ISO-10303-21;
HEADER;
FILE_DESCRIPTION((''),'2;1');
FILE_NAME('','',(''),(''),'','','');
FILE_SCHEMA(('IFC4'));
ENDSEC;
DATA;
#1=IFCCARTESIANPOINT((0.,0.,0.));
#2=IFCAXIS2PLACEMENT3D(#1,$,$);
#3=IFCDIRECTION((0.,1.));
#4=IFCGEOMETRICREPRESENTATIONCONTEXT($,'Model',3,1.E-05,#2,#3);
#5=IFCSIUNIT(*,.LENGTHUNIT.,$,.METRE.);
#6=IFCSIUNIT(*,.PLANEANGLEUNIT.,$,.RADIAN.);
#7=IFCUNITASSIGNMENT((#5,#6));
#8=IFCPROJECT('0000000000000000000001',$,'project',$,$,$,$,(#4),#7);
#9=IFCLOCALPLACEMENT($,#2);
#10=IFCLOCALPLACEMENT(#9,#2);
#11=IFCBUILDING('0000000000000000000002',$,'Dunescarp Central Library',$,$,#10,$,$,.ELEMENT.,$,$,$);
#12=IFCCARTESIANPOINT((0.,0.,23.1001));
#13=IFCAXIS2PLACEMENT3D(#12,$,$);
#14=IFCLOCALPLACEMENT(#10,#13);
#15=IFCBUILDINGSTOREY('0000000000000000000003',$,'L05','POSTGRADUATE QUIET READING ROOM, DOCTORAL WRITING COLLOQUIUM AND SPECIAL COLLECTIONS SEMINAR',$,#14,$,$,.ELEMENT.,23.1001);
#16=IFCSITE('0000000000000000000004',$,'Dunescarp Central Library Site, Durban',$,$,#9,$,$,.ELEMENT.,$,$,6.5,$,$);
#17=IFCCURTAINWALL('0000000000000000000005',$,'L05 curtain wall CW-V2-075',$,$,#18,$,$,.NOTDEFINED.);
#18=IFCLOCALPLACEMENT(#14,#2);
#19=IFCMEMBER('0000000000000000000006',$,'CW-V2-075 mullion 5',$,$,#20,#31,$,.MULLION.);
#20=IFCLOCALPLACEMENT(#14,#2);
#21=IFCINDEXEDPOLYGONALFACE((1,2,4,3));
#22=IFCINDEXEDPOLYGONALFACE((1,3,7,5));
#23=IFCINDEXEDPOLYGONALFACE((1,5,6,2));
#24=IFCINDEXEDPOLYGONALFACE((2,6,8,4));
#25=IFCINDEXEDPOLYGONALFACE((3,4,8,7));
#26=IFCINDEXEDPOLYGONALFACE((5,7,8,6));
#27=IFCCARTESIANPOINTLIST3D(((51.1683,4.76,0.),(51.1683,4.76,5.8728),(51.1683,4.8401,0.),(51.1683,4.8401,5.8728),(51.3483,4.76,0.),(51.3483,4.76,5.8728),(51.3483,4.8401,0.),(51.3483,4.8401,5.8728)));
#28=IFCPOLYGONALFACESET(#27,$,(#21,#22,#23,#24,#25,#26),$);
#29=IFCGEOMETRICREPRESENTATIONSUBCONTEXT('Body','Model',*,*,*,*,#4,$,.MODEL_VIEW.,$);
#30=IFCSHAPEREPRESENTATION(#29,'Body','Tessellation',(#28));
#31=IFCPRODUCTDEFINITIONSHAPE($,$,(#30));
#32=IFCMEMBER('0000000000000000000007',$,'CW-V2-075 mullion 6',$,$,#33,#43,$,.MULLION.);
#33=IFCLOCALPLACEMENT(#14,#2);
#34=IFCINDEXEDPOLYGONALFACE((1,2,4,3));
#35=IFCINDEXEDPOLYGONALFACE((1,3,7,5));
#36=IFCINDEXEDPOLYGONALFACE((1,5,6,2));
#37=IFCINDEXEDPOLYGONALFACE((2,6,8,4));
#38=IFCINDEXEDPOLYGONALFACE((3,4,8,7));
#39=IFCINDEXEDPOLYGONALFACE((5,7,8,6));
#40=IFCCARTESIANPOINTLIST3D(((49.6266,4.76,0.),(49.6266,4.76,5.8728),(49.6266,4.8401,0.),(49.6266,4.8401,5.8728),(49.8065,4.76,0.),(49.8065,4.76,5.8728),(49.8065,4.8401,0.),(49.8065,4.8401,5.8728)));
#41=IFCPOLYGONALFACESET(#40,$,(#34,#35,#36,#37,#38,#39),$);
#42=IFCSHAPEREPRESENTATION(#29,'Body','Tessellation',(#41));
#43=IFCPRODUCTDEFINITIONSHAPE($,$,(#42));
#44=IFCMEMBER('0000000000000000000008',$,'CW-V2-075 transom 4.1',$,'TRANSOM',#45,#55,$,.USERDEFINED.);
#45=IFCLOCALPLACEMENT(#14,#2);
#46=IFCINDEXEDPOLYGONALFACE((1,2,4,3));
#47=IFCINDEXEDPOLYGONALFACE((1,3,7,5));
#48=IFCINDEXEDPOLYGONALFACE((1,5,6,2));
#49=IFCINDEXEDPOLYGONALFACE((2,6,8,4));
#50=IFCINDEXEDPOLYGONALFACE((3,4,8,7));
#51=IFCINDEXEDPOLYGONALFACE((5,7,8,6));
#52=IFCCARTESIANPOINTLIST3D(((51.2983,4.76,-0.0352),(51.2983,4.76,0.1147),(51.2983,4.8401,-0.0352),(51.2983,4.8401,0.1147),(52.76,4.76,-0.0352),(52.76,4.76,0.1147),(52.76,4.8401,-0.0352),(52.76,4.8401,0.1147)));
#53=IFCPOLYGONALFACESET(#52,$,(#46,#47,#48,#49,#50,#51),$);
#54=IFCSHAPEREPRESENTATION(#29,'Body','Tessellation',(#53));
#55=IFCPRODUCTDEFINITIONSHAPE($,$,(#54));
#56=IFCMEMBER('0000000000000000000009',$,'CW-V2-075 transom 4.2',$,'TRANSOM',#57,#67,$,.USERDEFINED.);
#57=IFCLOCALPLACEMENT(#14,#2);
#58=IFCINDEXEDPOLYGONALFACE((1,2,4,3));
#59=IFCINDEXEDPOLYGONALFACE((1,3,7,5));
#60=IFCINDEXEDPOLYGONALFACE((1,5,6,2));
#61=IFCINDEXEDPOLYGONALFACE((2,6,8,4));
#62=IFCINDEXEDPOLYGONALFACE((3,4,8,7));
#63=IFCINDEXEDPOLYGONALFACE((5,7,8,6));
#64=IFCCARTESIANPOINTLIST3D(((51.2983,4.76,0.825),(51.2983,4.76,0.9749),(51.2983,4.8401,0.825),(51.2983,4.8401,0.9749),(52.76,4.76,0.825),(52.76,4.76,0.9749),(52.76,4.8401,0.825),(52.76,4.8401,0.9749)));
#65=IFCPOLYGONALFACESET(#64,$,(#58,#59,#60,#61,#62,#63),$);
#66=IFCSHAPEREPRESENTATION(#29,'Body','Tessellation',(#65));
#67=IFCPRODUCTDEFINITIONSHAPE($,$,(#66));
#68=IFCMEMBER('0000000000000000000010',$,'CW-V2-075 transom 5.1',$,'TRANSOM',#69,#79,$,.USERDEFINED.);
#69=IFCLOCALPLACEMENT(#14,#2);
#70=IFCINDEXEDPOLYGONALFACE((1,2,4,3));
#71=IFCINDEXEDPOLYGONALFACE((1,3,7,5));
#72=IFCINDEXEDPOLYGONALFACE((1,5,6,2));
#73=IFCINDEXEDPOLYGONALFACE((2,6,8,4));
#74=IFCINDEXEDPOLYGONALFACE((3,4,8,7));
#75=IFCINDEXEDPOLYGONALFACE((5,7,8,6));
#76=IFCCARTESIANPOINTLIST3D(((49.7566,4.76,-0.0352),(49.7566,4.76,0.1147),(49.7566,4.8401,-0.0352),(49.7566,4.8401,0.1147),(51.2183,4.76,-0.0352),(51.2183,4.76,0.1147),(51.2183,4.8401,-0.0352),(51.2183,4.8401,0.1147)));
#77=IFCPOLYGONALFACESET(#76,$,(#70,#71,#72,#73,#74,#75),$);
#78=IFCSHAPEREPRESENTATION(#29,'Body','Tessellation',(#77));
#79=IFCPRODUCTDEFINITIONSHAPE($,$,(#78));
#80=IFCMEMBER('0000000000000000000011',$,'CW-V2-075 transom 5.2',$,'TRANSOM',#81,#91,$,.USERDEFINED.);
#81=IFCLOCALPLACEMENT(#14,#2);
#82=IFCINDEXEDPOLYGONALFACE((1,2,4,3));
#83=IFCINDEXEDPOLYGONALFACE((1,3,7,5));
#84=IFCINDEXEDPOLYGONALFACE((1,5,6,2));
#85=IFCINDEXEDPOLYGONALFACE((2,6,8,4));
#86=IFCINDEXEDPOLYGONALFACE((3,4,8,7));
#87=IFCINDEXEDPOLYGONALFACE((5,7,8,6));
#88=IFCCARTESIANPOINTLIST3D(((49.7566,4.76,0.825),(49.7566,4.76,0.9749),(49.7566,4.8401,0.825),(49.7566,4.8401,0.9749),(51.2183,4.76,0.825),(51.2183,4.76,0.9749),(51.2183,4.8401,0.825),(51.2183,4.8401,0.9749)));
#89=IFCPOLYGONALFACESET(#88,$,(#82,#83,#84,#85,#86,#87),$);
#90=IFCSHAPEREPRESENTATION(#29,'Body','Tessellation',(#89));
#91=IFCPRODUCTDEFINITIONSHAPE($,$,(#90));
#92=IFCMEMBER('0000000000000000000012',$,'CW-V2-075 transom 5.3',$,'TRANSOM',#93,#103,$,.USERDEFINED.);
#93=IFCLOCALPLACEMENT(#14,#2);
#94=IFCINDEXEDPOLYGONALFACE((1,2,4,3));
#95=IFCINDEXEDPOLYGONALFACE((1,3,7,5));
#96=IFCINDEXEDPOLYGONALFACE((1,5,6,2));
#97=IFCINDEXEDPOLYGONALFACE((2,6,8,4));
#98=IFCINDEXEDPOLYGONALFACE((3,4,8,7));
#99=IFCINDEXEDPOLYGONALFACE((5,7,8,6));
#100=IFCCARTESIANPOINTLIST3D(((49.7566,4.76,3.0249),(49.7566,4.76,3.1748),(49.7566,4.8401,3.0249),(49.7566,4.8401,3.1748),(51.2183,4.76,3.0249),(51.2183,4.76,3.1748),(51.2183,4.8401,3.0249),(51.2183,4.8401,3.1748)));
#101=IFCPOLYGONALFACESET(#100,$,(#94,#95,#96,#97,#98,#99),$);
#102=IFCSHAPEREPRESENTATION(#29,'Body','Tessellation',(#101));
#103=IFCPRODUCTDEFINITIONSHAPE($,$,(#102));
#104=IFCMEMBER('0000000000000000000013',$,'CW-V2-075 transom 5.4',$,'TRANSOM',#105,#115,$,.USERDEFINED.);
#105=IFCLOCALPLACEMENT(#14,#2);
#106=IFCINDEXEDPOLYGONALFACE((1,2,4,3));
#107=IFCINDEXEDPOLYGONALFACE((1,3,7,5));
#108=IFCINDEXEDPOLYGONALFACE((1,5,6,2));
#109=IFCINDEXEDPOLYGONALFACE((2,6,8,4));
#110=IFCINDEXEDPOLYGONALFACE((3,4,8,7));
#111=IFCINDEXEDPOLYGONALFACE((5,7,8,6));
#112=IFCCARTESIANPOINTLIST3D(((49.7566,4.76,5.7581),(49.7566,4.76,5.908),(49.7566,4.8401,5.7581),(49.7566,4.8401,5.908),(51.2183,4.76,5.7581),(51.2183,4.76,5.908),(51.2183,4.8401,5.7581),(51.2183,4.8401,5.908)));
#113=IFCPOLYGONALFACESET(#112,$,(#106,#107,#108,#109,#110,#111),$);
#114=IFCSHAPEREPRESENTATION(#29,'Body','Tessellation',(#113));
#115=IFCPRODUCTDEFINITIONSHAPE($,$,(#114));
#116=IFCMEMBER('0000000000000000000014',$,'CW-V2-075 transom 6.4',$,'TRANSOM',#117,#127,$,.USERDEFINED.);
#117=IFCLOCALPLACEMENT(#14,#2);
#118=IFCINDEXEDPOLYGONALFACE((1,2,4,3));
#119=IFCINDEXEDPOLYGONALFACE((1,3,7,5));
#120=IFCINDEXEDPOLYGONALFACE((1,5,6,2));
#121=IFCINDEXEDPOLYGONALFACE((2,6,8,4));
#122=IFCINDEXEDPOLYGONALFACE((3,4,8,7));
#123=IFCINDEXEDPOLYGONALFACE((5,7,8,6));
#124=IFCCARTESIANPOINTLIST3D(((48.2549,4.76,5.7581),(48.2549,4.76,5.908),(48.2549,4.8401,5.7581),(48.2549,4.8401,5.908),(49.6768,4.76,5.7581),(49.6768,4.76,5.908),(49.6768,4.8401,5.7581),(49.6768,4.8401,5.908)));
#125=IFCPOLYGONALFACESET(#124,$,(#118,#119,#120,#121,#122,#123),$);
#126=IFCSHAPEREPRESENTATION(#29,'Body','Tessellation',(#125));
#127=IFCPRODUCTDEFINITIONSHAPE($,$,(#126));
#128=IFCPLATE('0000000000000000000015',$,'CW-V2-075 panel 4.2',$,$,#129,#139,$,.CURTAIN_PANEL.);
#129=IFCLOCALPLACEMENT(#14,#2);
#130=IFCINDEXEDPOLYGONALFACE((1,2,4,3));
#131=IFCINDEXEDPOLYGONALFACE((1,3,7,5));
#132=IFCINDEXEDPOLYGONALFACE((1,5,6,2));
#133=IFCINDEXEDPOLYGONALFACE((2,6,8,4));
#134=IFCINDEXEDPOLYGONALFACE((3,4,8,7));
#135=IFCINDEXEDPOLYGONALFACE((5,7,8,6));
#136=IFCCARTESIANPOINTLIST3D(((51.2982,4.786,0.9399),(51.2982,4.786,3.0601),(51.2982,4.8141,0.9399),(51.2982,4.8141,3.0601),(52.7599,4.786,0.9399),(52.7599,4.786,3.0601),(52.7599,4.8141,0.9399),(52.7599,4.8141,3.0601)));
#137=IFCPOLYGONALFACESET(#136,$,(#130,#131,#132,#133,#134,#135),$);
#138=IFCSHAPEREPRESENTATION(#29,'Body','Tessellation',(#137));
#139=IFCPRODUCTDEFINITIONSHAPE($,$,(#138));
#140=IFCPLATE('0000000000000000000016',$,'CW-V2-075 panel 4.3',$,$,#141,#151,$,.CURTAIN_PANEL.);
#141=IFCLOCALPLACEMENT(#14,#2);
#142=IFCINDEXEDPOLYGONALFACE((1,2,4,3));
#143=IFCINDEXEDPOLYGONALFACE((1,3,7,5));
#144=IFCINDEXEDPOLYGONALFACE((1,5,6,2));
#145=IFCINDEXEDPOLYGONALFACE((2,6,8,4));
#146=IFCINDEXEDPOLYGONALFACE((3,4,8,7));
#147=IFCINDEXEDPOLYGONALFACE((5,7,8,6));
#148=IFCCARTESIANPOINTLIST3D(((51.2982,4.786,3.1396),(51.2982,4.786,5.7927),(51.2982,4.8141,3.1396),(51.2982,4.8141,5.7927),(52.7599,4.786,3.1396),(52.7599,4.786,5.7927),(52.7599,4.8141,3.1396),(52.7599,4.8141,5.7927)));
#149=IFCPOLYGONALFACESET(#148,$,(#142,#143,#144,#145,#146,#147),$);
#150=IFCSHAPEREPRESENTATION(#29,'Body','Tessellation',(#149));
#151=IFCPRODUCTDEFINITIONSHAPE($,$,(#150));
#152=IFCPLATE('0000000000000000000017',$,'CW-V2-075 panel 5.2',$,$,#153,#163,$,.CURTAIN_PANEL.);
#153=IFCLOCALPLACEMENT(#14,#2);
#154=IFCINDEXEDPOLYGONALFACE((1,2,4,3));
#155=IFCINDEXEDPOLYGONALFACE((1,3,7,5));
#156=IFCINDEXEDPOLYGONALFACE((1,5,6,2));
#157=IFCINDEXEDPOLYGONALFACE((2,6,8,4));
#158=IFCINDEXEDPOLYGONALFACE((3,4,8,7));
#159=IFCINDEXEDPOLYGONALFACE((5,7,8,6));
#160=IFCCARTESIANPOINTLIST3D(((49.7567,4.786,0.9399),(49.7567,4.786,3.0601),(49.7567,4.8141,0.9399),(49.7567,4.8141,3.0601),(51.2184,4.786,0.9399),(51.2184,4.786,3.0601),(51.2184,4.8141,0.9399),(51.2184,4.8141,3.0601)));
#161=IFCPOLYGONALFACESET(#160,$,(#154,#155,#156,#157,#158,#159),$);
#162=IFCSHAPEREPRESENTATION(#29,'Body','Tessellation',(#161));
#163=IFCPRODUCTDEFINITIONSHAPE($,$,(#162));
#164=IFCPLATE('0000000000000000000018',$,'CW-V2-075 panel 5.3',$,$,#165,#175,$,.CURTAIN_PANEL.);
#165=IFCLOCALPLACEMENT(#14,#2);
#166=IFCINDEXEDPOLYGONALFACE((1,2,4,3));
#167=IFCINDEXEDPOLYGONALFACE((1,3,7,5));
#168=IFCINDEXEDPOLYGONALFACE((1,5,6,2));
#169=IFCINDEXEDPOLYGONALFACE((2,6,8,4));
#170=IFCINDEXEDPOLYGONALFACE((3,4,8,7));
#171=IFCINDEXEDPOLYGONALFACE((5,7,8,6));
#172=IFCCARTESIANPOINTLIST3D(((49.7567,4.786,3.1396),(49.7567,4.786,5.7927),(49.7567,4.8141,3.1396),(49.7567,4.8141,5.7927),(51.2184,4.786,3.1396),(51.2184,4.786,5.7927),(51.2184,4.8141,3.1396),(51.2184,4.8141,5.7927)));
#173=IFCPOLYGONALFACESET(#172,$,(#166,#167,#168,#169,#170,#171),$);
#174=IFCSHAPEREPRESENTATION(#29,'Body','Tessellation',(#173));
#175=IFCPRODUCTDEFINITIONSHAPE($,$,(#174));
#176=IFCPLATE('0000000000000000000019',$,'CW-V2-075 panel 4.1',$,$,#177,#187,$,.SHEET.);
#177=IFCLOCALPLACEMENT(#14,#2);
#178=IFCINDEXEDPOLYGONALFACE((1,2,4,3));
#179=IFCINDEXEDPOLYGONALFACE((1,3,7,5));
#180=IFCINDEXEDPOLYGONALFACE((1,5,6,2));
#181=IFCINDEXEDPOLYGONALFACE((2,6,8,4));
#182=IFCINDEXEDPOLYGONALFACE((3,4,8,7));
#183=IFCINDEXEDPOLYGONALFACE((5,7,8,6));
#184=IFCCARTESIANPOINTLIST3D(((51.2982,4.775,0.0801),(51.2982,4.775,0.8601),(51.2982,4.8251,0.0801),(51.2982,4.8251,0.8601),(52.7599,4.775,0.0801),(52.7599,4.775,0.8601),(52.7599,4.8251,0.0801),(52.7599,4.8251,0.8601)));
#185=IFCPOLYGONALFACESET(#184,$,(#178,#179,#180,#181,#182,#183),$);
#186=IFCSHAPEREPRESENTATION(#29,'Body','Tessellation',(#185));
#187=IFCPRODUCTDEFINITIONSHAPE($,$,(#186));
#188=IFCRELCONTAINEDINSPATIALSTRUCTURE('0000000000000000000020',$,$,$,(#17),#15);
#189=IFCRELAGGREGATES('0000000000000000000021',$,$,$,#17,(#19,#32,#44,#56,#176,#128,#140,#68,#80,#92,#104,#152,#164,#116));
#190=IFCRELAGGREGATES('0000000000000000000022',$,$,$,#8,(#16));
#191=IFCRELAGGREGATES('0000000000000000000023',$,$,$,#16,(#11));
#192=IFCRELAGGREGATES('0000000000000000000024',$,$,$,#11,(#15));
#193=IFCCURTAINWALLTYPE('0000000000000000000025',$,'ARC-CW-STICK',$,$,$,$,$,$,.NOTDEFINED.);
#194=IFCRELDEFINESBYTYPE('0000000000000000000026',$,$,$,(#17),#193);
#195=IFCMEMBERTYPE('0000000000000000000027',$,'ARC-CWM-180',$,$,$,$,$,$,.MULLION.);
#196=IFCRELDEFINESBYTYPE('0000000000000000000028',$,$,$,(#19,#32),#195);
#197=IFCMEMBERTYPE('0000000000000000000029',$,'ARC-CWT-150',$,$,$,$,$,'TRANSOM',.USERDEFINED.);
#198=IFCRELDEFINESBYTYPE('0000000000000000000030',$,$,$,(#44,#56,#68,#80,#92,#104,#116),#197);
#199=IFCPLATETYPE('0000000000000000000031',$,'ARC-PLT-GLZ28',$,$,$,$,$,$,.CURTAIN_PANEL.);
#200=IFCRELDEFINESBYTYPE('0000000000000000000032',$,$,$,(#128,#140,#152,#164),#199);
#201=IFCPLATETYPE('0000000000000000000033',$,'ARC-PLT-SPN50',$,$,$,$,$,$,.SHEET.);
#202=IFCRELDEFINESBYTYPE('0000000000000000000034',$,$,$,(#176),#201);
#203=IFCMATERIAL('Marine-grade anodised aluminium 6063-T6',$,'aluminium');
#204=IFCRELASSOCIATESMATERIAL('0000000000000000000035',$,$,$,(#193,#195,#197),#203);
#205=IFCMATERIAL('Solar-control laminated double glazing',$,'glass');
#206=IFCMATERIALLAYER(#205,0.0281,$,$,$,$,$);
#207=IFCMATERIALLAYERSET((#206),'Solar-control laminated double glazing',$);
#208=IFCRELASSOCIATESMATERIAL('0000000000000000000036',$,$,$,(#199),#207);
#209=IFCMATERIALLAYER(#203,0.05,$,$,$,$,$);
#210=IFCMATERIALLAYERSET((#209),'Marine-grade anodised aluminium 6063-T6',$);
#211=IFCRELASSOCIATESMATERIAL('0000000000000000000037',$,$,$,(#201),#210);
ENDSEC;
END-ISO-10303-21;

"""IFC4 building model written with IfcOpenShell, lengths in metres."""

from ifc_helpers import new_model, si_unit, direction, frame, origin, origin_2d, place, context, subcontext, project, spatial, rectangle, extrude, material, layer, layer_set, material_profile, profile_set, type_object, element, aggregate, save


model = new_model("IFC4")

# Units and contexts
model_context = context("Model", 3, precision=1e-05, world=origin(), true_north=direction((0.0, 1.0)))
body_context = subcontext(model_context, "Body", "Model", "MODEL_VIEW")
ifc_project = project(units=[si_unit("LENGTHUNIT", "METRE"), si_unit("PLANEANGLEUNIT", "RADIAN")], contexts=[model_context])

# Site, building, storey
site_placement = place(None, origin())
site = spatial("IfcSite", under=ifc_project, at=site_placement, Name="Dunescarp Central Library Site, Durban", CompositionType="ELEMENT", RefElevation=6.5)
building_placement = place(site_placement, origin())
building = spatial("IfcBuilding", under=site, at=building_placement, Name="Dunescarp Central Library", CompositionType="ELEMENT")
storey_placement = place(building_placement, frame((0.0, 0.0, 23.1001)))
storey = spatial("IfcBuildingStorey", under=building, at=storey_placement, Name="L05", Description="POSTGRADUATE QUIET READING ROOM, DOCTORAL WRITING COLLOQUIUM AND SPECIAL COLLECTIONS SEMINAR", CompositionType="ELEMENT", Elevation=23.1001)

# Curtain wall, members, plates
ifc_material_1 = material(Name="Marine-grade anodised aluminium 6063-T6", Category="aluminium")
curtain_wall_type = type_object("IfcCurtainWallType", Name="ARC-CW-STICK", PredefinedType="NOTDEFINED", material=ifc_material_1)
curtain_wall_placement = place(storey_placement, origin())
curtain_wall = element("IfcCurtainWall", 1, at=curtain_wall_placement, inside=storey, type_object=curtain_wall_type, Name="L05 curtain wall CW-V2-075", PredefinedType="NOTDEFINED")
ifc_material_profile_1 = material_profile(ifc_material_1, rectangle(XDim=0.0801, YDim=0.1799, at=origin_2d()), Name="AL 80x180")
ifc_profile_set_1 = profile_set([ifc_material_profile_1], Name="Marine-grade anodised aluminium 6063-T6")
member_type_1 = type_object("IfcMemberType", Name="ARC-CWM-180", PredefinedType="MULLION", material=ifc_profile_set_1)
member_1_placement = place(storey_placement, frame((51.2583, 4.8, 0.0), z_axis=(0.0, 0.0, 1.0), x_axis=(0.0, -1.0, 0.0)))
member_1 = element("IfcMember", 2, at=member_1_placement, type_object=member_type_1, Name="CW-V2-075 mullion 5", PredefinedType="MULLION", context=body_context, shape_type="SweptSolid", body=[
    extrude(rectangle(XDim=0.0801, YDim=0.1799, at=origin_2d()), origin(), (0.0, 0.0, 1.0), 5.8728),
])
member_2_placement = place(storey_placement, frame((49.7166, 4.8, 0.0), z_axis=(0.0, 0.0, 1.0), x_axis=(0.0, -1.0, 0.0)))
member_2 = element("IfcMember", 3, at=member_2_placement, type_object=member_type_1, Name="CW-V2-075 mullion 6", PredefinedType="MULLION", context=body_context, shape_type="SweptSolid", body=[
    extrude(rectangle(XDim=0.0801, YDim=0.1799, at=origin_2d()), origin(), (0.0, 0.0, 1.0), 5.8728),
])
ifc_material_profile_2 = material_profile(ifc_material_1, rectangle(XDim=0.0801, YDim=0.1499, at=origin_2d()), Name="AL 80x150")
ifc_profile_set_2 = profile_set([ifc_material_profile_2], Name="Marine-grade anodised aluminium 6063-T6")
member_type_2 = type_object("IfcMemberType", Name="ARC-CWT-150", ElementType="TRANSOM", PredefinedType="USERDEFINED", material=ifc_profile_set_2)
member_3_placement = place(storey_placement, frame((52.76, 4.8, 0.0398), z_axis=(-1.0, 0.0, 0.0), x_axis=(0.0, -1.0, 0.0)))
member_3 = element("IfcMember", 4, at=member_3_placement, type_object=member_type_2, Name="CW-V2-075 transom 4.1", ObjectType="TRANSOM", PredefinedType="USERDEFINED", context=body_context, shape_type="SweptSolid", body=[
    extrude(rectangle(XDim=0.0801, YDim=0.1499, at=origin_2d()), origin(), (0.0, 0.0, 1.0), 1.4617),
])
member_4_placement = place(storey_placement, frame((52.76, 4.8, 0.8999), z_axis=(-1.0, 0.0, 0.0), x_axis=(0.0, -1.0, 0.0)))
member_4 = element("IfcMember", 5, at=member_4_placement, type_object=member_type_2, Name="CW-V2-075 transom 4.2", ObjectType="TRANSOM", PredefinedType="USERDEFINED", context=body_context, shape_type="SweptSolid", body=[
    extrude(rectangle(XDim=0.0801, YDim=0.1499, at=origin_2d()), origin(), (0.0, 0.0, 1.0), 1.4617),
])
member_5_placement = place(storey_placement, frame((51.2183, 4.8, 0.0398), z_axis=(-1.0, 0.0, 0.0), x_axis=(0.0, -1.0, 0.0)))
member_5 = element("IfcMember", 6, at=member_5_placement, type_object=member_type_2, Name="CW-V2-075 transom 5.1", ObjectType="TRANSOM", PredefinedType="USERDEFINED", context=body_context, shape_type="SweptSolid", body=[
    extrude(rectangle(XDim=0.0801, YDim=0.1499, at=origin_2d()), origin(), (0.0, 0.0, 1.0), 1.4617),
])
member_6_placement = place(storey_placement, frame((51.2183, 4.8, 0.8999), z_axis=(-1.0, 0.0, 0.0), x_axis=(0.0, -1.0, 0.0)))
member_6 = element("IfcMember", 7, at=member_6_placement, type_object=member_type_2, Name="CW-V2-075 transom 5.2", ObjectType="TRANSOM", PredefinedType="USERDEFINED", context=body_context, shape_type="SweptSolid", body=[
    extrude(rectangle(XDim=0.0801, YDim=0.1499, at=origin_2d()), origin(), (0.0, 0.0, 1.0), 1.4617),
])
member_7_placement = place(storey_placement, frame((51.2183, 4.8, 3.0999), z_axis=(-1.0, 0.0, 0.0), x_axis=(0.0, -1.0, 0.0)))
member_7 = element("IfcMember", 8, at=member_7_placement, type_object=member_type_2, Name="CW-V2-075 transom 5.3", ObjectType="TRANSOM", PredefinedType="USERDEFINED", context=body_context, shape_type="SweptSolid", body=[
    extrude(rectangle(XDim=0.0801, YDim=0.1499, at=origin_2d()), origin(), (0.0, 0.0, 1.0), 1.4617),
])
member_8_placement = place(storey_placement, frame((51.2183, 4.8, 5.833), z_axis=(-1.0, 0.0, 0.0), x_axis=(0.0, -1.0, 0.0)))
member_8 = element("IfcMember", 9, at=member_8_placement, type_object=member_type_2, Name="CW-V2-075 transom 5.4", ObjectType="TRANSOM", PredefinedType="USERDEFINED", context=body_context, shape_type="SweptSolid", body=[
    extrude(rectangle(XDim=0.0801, YDim=0.1499, at=origin_2d()), origin(), (0.0, 0.0, 1.0), 1.4617),
])
member_9_placement = place(storey_placement, frame((49.6768, 4.8, 5.833), z_axis=(-1.0, 0.0, 0.0), x_axis=(0.0, -1.0, 0.0)))
member_9 = element("IfcMember", 10, at=member_9_placement, type_object=member_type_2, Name="CW-V2-075 transom 6.4", ObjectType="TRANSOM", PredefinedType="USERDEFINED", context=body_context, shape_type="SweptSolid", body=[
    extrude(rectangle(XDim=0.0801, YDim=0.1499, at=origin_2d()), origin(), (0.0, 0.0, 1.0), 1.4219),
])
ifc_material_2 = material(Name="Solar-control laminated double glazing", Category="glass")
ifc_layer_1 = layer(ifc_material_2, 0.0281)
ifc_layer_set_1 = layer_set([ifc_layer_1], Name="Solar-control laminated double glazing")
plate_type_1 = type_object("IfcPlateType", Name="ARC-PLT-GLZ28", PredefinedType="CURTAIN_PANEL", material=ifc_layer_set_1)
plate_1_placement = place(storey_placement, frame((52.0291, 4.8, 0.9399), z_axis=(0.0, 0.0, 1.0), x_axis=(-1.0, 0.0, 0.0)))
plate_1 = element("IfcPlate", 11, at=plate_1_placement, type_object=plate_type_1, Name="CW-V2-075 panel 4.2", PredefinedType="CURTAIN_PANEL", context=body_context, shape_type="SweptSolid", body=[
    extrude(rectangle(XDim=1.4617, YDim=0.0281, at=origin_2d()), origin(), (0.0, 0.0, 1.0), 2.1201),
])
plate_2_placement = place(storey_placement, frame((52.0291, 4.8, 3.1396), z_axis=(0.0, 0.0, 1.0), x_axis=(-1.0, 0.0, 0.0)))
plate_2 = element("IfcPlate", 12, at=plate_2_placement, type_object=plate_type_1, Name="CW-V2-075 panel 4.3", PredefinedType="CURTAIN_PANEL", context=body_context, shape_type="SweptSolid", body=[
    extrude(rectangle(XDim=1.4617, YDim=0.0281, at=origin_2d()), origin(), (0.0, 0.0, 1.0), 2.6531),
])
plate_3_placement = place(storey_placement, frame((50.4875, 4.8, 0.9399), z_axis=(0.0, 0.0, 1.0), x_axis=(-1.0, 0.0, 0.0)))
plate_3 = element("IfcPlate", 13, at=plate_3_placement, type_object=plate_type_1, Name="CW-V2-075 panel 5.2", PredefinedType="CURTAIN_PANEL", context=body_context, shape_type="SweptSolid", body=[
    extrude(rectangle(XDim=1.4617, YDim=0.0281, at=origin_2d()), origin(), (0.0, 0.0, 1.0), 2.1201),
])
plate_4_placement = place(storey_placement, frame((50.4875, 4.8, 3.1396), z_axis=(0.0, 0.0, 1.0), x_axis=(-1.0, 0.0, 0.0)))
plate_4 = element("IfcPlate", 14, at=plate_4_placement, type_object=plate_type_1, Name="CW-V2-075 panel 5.3", PredefinedType="CURTAIN_PANEL", context=body_context, shape_type="SweptSolid", body=[
    extrude(rectangle(XDim=1.4617, YDim=0.0281, at=origin_2d()), origin(), (0.0, 0.0, 1.0), 2.6531),
])
ifc_layer_2 = layer(ifc_material_1, 0.05)
ifc_layer_set_2 = layer_set([ifc_layer_2], Name="Marine-grade anodised aluminium 6063-T6")
plate_type_2 = type_object("IfcPlateType", Name="ARC-PLT-SPN50", PredefinedType="SHEET", material=ifc_layer_set_2)
plate_5_placement = place(storey_placement, frame((52.0291, 4.8, 0.0801), z_axis=(0.0, 0.0, 1.0), x_axis=(-1.0, 0.0, 0.0)))
plate_5 = element("IfcPlate", 15, at=plate_5_placement, type_object=plate_type_2, Name="CW-V2-075 panel 4.1", PredefinedType="SHEET", context=body_context, shape_type="SweptSolid", body=[
    extrude(rectangle(XDim=1.4617, YDim=0.05, at=origin_2d()), origin(), (0.0, 0.0, 1.0), 0.78),
])
aggregate(curtain_wall, [member_1, member_2, member_3, member_4, plate_5, plate_1, plate_2, member_5, member_6, member_7, member_8, plate_3, plate_4, member_9])

save(model, "model.ifc")
